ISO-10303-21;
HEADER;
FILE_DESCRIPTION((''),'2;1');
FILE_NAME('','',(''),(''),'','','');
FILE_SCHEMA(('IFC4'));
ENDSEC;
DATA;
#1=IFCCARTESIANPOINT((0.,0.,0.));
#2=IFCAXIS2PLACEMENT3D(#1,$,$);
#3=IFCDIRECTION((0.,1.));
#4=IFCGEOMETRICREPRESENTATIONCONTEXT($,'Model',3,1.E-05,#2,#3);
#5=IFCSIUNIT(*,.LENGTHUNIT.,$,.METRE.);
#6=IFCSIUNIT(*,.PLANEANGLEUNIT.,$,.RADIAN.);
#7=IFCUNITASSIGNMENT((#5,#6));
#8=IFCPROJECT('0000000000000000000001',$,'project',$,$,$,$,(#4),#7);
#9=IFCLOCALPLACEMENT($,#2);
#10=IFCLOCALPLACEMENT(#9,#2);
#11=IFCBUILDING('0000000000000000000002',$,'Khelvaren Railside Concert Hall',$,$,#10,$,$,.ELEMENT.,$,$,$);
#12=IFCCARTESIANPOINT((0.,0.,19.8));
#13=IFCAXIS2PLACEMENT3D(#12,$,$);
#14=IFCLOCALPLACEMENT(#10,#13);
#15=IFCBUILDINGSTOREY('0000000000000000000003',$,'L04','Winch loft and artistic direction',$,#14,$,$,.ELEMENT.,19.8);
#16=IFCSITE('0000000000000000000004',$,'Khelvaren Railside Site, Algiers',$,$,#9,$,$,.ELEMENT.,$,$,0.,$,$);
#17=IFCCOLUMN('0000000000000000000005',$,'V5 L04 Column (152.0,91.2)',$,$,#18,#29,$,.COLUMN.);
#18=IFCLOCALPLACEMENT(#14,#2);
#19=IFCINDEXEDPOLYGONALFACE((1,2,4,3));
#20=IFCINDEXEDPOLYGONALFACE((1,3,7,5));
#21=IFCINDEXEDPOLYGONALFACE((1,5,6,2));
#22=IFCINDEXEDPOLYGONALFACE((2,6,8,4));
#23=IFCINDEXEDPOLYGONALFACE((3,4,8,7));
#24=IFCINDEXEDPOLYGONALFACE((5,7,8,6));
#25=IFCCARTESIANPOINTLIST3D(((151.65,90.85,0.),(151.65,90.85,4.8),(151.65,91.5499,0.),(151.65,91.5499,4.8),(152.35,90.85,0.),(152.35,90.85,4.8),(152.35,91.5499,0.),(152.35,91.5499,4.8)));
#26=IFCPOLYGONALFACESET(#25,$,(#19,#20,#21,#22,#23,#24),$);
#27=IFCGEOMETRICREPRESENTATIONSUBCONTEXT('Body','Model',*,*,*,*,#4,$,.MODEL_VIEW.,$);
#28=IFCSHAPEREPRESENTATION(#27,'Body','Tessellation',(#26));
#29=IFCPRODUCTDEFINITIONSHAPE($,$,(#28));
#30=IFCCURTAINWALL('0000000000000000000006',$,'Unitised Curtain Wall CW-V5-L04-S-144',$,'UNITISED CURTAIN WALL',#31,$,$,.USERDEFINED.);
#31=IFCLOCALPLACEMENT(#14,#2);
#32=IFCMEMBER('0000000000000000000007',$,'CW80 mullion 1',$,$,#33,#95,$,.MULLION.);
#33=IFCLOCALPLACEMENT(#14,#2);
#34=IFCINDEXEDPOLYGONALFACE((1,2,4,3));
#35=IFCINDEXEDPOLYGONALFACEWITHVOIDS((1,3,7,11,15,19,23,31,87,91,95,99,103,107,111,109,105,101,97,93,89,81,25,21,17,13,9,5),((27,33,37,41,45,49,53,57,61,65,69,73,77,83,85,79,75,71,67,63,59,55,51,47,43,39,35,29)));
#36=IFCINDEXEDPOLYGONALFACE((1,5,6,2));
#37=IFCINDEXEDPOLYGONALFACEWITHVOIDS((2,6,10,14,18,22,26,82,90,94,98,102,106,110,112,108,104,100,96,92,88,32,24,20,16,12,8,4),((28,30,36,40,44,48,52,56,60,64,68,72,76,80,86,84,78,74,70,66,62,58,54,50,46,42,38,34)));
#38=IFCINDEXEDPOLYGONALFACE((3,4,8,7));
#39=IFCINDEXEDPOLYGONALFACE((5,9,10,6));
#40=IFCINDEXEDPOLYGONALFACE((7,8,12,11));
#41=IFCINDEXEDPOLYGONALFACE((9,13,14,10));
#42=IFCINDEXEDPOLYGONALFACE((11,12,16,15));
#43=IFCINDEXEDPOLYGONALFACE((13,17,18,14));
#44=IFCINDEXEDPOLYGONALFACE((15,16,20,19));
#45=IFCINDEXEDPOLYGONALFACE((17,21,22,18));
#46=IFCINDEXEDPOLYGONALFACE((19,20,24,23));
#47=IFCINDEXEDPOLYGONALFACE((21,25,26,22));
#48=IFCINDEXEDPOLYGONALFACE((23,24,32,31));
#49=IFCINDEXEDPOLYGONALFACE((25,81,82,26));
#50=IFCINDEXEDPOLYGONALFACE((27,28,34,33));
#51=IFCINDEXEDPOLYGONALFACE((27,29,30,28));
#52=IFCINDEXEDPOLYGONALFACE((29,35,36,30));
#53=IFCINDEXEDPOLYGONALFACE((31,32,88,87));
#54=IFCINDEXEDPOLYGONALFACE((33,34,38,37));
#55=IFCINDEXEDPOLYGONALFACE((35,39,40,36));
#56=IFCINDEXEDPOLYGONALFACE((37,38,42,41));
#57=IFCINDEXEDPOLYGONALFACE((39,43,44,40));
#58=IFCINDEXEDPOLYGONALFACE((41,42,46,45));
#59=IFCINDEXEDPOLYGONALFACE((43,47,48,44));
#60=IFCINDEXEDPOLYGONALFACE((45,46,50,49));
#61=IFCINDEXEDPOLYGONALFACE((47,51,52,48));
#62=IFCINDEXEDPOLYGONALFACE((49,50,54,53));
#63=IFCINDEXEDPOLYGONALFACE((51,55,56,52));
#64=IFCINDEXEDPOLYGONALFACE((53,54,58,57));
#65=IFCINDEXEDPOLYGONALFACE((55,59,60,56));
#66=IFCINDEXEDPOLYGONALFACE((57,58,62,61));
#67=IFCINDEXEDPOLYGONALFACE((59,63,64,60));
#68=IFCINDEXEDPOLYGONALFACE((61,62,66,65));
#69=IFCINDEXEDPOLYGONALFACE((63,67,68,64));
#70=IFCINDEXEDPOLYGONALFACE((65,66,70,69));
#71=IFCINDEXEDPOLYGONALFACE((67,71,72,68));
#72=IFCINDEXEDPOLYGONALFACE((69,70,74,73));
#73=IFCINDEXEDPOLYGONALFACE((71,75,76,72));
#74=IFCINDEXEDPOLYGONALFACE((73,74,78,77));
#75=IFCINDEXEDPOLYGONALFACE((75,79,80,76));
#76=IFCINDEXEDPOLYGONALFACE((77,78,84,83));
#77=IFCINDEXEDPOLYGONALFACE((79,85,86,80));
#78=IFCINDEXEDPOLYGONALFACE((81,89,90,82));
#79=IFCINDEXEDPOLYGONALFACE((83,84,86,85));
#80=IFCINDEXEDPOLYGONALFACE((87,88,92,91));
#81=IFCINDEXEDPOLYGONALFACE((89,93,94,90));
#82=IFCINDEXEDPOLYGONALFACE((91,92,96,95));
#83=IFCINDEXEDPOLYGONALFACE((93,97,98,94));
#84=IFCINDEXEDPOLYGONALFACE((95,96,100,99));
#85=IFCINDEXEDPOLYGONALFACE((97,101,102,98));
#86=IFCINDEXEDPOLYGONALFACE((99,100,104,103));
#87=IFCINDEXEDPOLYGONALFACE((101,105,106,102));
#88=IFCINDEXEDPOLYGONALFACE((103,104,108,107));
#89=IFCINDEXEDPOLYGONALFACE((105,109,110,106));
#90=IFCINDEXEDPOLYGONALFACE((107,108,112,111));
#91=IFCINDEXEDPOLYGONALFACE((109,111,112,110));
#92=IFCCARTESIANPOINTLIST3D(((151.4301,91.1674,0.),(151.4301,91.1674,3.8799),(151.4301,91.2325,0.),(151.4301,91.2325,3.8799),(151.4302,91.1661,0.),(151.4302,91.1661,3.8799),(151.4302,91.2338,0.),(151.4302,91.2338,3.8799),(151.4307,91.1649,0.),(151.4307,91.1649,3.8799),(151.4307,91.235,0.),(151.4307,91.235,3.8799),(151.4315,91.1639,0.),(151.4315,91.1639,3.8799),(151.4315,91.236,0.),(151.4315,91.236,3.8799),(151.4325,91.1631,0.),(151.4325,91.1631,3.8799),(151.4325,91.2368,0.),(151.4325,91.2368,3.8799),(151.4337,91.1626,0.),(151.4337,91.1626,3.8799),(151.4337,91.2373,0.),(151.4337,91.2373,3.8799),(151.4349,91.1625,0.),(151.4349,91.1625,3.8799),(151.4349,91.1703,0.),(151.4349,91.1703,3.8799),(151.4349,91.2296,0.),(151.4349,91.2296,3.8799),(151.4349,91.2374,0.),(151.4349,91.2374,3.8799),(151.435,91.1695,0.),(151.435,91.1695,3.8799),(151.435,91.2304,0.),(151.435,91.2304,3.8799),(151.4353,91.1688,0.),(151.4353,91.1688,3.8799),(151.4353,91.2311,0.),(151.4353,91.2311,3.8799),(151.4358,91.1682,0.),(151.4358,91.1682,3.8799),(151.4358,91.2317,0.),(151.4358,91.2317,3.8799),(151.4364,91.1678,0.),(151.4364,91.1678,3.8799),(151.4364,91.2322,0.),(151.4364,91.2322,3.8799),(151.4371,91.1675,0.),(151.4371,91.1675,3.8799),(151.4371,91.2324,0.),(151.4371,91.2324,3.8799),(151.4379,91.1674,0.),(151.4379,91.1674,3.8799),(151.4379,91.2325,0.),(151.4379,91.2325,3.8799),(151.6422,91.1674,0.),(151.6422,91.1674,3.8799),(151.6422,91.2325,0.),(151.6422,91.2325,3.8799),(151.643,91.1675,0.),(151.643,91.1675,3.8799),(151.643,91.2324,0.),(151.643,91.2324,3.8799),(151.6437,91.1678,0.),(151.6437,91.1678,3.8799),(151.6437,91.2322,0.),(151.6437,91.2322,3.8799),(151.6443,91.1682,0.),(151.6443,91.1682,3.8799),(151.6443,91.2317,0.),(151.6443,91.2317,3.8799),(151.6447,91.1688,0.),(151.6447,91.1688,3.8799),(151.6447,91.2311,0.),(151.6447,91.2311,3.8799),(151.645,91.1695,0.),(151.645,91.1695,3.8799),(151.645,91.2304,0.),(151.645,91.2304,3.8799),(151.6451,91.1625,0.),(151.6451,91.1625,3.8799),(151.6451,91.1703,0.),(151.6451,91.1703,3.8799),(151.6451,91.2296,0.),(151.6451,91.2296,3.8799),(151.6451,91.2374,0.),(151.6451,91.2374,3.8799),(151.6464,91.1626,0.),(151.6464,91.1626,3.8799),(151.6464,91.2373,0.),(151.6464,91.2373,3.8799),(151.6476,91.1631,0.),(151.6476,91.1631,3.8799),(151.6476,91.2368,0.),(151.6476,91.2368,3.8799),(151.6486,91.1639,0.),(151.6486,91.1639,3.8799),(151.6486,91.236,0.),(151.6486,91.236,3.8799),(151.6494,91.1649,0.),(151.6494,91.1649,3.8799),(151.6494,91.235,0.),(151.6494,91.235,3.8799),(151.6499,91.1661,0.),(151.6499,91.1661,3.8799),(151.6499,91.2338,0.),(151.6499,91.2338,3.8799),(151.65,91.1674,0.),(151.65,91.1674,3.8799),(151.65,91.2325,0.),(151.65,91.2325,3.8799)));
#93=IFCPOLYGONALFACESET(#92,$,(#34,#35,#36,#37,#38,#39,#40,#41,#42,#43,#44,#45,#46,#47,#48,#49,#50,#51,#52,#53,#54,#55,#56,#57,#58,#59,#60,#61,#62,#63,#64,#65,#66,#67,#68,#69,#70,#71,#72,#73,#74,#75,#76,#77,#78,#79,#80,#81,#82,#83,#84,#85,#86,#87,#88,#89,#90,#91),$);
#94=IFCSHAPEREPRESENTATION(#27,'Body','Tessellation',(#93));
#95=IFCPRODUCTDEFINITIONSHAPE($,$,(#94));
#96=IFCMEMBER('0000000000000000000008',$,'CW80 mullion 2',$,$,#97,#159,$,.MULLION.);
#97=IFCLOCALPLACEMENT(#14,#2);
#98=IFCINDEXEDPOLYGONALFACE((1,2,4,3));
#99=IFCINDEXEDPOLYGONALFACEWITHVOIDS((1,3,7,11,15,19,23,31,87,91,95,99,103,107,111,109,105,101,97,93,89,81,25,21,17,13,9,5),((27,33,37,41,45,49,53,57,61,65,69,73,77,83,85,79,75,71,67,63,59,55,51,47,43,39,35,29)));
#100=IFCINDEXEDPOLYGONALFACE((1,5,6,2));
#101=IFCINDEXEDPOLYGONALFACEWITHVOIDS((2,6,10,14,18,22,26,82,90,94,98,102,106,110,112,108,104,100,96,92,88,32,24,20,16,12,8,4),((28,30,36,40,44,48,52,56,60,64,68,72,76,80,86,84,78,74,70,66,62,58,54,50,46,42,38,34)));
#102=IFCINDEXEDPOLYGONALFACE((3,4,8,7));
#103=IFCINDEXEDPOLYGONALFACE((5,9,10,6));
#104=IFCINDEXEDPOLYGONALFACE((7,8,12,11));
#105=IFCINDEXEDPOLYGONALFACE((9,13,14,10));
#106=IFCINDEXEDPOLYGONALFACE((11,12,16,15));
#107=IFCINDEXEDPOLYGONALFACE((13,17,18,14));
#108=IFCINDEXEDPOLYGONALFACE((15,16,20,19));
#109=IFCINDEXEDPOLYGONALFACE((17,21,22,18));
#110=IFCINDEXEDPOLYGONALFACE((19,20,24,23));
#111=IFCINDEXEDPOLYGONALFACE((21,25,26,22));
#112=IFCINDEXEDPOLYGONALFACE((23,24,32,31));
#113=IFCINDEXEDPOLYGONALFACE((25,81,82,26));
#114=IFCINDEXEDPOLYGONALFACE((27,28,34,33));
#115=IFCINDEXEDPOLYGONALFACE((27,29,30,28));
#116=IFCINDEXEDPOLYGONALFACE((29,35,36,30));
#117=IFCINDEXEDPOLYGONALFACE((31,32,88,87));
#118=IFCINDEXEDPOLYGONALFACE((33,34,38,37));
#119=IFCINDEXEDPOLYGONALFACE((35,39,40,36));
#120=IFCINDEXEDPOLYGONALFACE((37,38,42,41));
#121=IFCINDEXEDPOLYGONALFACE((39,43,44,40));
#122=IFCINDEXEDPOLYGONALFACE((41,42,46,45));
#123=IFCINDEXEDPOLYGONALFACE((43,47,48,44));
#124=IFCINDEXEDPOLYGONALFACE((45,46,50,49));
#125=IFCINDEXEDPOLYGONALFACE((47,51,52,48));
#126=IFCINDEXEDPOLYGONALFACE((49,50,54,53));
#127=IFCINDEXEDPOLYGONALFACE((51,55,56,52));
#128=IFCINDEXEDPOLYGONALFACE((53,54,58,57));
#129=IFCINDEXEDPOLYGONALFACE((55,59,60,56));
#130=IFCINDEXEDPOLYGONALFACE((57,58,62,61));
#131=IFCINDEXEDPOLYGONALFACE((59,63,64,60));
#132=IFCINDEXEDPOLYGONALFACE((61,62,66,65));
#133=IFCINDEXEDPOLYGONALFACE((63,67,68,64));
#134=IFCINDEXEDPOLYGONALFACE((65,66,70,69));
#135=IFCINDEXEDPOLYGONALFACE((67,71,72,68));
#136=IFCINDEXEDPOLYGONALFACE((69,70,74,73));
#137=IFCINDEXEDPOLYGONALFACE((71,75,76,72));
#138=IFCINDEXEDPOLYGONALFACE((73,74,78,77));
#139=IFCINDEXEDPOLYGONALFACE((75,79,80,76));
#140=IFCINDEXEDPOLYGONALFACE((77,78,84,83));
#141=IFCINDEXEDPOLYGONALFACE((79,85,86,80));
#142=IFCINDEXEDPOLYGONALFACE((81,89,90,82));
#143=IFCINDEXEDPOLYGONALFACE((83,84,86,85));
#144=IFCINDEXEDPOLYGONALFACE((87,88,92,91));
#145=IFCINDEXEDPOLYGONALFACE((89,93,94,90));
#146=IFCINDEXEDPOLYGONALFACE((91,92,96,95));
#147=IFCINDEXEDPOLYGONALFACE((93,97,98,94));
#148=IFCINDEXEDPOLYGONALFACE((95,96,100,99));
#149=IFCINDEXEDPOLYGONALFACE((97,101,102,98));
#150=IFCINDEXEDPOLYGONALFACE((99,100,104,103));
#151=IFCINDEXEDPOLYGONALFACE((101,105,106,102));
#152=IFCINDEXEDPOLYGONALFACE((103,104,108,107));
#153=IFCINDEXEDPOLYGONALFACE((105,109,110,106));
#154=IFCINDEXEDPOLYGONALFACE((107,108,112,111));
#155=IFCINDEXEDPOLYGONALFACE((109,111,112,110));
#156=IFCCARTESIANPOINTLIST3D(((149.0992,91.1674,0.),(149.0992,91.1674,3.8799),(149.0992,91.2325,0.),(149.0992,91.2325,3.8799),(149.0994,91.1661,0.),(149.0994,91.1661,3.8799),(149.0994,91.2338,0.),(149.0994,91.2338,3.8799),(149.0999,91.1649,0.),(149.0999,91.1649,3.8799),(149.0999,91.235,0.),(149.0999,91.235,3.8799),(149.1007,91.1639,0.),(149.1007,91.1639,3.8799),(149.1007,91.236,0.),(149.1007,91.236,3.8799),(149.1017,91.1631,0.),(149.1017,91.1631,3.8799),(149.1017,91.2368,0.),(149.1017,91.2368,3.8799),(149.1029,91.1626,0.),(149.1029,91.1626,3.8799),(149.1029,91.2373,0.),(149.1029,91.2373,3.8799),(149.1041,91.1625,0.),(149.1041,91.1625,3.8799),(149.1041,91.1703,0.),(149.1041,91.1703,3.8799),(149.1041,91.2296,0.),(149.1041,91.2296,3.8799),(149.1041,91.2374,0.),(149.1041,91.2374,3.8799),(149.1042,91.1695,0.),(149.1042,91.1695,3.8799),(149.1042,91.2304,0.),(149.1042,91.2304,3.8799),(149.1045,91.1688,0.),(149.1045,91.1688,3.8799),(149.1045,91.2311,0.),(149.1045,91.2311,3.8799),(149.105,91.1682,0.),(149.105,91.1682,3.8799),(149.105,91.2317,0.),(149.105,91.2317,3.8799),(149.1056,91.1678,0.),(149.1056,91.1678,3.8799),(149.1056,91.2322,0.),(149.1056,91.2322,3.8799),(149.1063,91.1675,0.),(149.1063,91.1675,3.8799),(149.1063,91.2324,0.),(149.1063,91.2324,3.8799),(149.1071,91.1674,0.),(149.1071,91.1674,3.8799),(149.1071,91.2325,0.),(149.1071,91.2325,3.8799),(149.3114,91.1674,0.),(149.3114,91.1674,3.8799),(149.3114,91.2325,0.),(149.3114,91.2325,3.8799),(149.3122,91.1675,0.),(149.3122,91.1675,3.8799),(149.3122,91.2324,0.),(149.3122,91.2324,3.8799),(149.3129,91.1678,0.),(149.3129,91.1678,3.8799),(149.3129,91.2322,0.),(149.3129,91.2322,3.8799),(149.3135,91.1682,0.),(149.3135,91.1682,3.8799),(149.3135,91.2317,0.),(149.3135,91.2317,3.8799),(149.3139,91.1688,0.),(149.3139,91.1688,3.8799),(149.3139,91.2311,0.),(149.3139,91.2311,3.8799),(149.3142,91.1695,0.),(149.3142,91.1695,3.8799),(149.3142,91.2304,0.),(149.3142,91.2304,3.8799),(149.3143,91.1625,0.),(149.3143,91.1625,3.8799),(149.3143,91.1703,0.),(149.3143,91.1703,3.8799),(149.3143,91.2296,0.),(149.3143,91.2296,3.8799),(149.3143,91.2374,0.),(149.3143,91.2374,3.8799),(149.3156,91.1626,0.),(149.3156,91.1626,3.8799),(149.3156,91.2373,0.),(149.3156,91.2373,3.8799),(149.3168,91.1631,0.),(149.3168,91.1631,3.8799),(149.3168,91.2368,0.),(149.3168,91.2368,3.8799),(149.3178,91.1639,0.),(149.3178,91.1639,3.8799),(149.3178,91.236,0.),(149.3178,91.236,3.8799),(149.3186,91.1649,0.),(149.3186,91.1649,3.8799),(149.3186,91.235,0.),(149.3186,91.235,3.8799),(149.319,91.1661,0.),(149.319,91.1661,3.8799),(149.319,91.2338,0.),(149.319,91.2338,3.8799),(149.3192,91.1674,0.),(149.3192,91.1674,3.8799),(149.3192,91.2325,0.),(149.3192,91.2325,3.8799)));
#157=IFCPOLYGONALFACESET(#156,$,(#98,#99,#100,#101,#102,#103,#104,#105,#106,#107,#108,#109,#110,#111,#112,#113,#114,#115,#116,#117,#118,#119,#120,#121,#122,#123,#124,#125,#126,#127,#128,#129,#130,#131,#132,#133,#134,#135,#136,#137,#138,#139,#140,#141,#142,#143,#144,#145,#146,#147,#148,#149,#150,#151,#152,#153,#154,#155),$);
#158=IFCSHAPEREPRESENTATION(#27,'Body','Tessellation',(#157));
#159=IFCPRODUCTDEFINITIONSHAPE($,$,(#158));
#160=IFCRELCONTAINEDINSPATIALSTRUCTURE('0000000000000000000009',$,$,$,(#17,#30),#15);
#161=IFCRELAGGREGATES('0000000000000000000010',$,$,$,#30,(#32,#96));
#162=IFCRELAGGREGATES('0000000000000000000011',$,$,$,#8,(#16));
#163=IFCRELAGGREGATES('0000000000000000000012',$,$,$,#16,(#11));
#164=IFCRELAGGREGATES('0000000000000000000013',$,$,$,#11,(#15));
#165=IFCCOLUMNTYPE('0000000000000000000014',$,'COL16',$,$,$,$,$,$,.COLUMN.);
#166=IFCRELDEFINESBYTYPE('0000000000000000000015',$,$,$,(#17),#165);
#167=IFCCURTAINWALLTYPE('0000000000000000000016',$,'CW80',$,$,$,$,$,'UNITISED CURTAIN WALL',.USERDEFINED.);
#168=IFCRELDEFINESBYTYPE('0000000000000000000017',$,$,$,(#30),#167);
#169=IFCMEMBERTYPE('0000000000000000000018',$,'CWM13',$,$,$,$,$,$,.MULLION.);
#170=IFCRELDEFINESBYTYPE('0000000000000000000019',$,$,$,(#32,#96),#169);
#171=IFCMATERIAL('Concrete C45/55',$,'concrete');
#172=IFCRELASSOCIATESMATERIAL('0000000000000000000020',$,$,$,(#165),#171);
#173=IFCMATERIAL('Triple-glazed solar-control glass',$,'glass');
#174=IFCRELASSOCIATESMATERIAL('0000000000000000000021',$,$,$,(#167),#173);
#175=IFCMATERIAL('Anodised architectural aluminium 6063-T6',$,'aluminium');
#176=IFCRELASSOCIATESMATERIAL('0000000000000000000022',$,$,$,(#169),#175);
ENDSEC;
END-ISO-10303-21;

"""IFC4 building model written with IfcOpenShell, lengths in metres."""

from ifc_helpers import new_model, si_unit, direction, frame, origin, origin_2d, place, context, subcontext, project, spatial, rectangle, hollow_rectangle, extrude, material, material_profile, profile_set, type_object, element, aggregate, save


model = new_model("IFC4")

# Units and contexts
model_context = context("Model", 3, precision=1e-05, world=origin(), true_north=direction((0.0, 1.0)))
body_context = subcontext(model_context, "Body", "Model", "MODEL_VIEW")
ifc_project = project(units=[si_unit("LENGTHUNIT", "METRE"), si_unit("PLANEANGLEUNIT", "RADIAN")], contexts=[model_context])

# Site, building, storey
site_placement = place(None, origin())
site = spatial("IfcSite", under=ifc_project, at=site_placement, Name="Khelvaren Railside Site, Algiers", CompositionType="ELEMENT", RefElevation=0.0)
building_placement = place(site_placement, origin())
building = spatial("IfcBuilding", under=site, at=building_placement, Name="Khelvaren Railside Concert Hall", CompositionType="ELEMENT")
storey_placement = place(building_placement, frame((0.0, 0.0, 19.8)))
storey = spatial("IfcBuildingStorey", under=building, at=storey_placement, Name="L04", Description="Winch loft and artistic direction", CompositionType="ELEMENT", Elevation=19.8)

# Column
ifc_material_1 = material(Name="Concrete C45/55", Category="concrete")
ifc_material_profile_1 = material_profile(ifc_material_1, rectangle(XDim=0.7, YDim=0.7, at=origin_2d()), Name="RC 700x700")
ifc_profile_set_1 = profile_set([ifc_material_profile_1], Name="Concrete C45/55")
column_type = type_object("IfcColumnType", Name="COL16", PredefinedType="COLUMN", material=ifc_profile_set_1)
column_placement = place(storey_placement, frame((152.0, 91.2, 0.0), z_axis=(0.0, 0.0, 1.0), x_axis=(1.0, 0.0, 0.0)))
element("IfcColumn", 1, at=column_placement, inside=storey, type_object=column_type, Name="V5 L04 Column (152.0,91.2)", PredefinedType="COLUMN", context=body_context, shape_type="SweptSolid", body=[
    extrude(rectangle(XDim=0.7, YDim=0.7, at=origin_2d()), origin(), (0.0, 0.0, 1.0), 4.8),
])

# Curtain wall, members
ifc_material_2 = material(Name="Triple-glazed solar-control glass", Category="glass")
curtain_wall_type_1 = type_object("IfcCurtainWallType", Name="CW80", ElementType="UNITISED CURTAIN WALL", PredefinedType="USERDEFINED", material=ifc_material_2)
curtain_wall_1_placement = place(storey_placement, origin())
curtain_wall_1 = element("IfcCurtainWall", 2, at=curtain_wall_1_placement, inside=storey, type_object=curtain_wall_type_1, Name="Unitised Curtain Wall CW-V5-L04-S-144", ObjectType="UNITISED CURTAIN WALL", PredefinedType="USERDEFINED")
ifc_material_3 = material(Name="Anodised architectural aluminium 6063-T6", Category="aluminium")
ifc_material_profile_2 = material_profile(ifc_material_3, hollow_rectangle(XDim=0.075, YDim=0.22, WallThickness=0.0049, InnerFilletRadius=0.0029, OuterFilletRadius=0.0049, at=origin_2d()), Name="CWM 75x220x5")
ifc_profile_set_2 = profile_set([ifc_material_profile_2], Name="Anodised architectural aluminium 6063-T6")
member_type_1 = type_object("IfcMemberType", Name="CWM13", PredefinedType="MULLION", material=ifc_profile_set_2)
member_1_placement = place(storey_placement, frame((151.54, 91.2, 0.0), z_axis=(0.0, 0.0, 1.0), x_axis=(0.0, -1.0, 0.0)))
member_1 = element("IfcMember", 3, at=member_1_placement, type_object=member_type_1, Name="CW80 mullion 1", PredefinedType="MULLION", context=body_context, shape_type="SweptSolid", body=[
    extrude(hollow_rectangle(XDim=0.075, YDim=0.22, WallThickness=0.0049, InnerFilletRadius=0.0029, OuterFilletRadius=0.0049, at=origin_2d()), origin(), (0.0, 0.0, 1.0), 3.8799),
])
member_2_placement = place(storey_placement, frame((149.2092, 91.2, 0.0), z_axis=(0.0, 0.0, 1.0), x_axis=(0.0, -1.0, 0.0)))
member_2 = element("IfcMember", 4, at=member_2_placement, type_object=member_type_1, Name="CW80 mullion 2", PredefinedType="MULLION", context=body_context, shape_type="SweptSolid", body=[
    extrude(hollow_rectangle(XDim=0.075, YDim=0.22, WallThickness=0.0049, InnerFilletRadius=0.0029, OuterFilletRadius=0.0049, at=origin_2d()), origin(), (0.0, 0.0, 1.0), 3.8799),
])

aggregate(curtain_wall_1, [member_1, member_2])

save(model, "model.ifc")
